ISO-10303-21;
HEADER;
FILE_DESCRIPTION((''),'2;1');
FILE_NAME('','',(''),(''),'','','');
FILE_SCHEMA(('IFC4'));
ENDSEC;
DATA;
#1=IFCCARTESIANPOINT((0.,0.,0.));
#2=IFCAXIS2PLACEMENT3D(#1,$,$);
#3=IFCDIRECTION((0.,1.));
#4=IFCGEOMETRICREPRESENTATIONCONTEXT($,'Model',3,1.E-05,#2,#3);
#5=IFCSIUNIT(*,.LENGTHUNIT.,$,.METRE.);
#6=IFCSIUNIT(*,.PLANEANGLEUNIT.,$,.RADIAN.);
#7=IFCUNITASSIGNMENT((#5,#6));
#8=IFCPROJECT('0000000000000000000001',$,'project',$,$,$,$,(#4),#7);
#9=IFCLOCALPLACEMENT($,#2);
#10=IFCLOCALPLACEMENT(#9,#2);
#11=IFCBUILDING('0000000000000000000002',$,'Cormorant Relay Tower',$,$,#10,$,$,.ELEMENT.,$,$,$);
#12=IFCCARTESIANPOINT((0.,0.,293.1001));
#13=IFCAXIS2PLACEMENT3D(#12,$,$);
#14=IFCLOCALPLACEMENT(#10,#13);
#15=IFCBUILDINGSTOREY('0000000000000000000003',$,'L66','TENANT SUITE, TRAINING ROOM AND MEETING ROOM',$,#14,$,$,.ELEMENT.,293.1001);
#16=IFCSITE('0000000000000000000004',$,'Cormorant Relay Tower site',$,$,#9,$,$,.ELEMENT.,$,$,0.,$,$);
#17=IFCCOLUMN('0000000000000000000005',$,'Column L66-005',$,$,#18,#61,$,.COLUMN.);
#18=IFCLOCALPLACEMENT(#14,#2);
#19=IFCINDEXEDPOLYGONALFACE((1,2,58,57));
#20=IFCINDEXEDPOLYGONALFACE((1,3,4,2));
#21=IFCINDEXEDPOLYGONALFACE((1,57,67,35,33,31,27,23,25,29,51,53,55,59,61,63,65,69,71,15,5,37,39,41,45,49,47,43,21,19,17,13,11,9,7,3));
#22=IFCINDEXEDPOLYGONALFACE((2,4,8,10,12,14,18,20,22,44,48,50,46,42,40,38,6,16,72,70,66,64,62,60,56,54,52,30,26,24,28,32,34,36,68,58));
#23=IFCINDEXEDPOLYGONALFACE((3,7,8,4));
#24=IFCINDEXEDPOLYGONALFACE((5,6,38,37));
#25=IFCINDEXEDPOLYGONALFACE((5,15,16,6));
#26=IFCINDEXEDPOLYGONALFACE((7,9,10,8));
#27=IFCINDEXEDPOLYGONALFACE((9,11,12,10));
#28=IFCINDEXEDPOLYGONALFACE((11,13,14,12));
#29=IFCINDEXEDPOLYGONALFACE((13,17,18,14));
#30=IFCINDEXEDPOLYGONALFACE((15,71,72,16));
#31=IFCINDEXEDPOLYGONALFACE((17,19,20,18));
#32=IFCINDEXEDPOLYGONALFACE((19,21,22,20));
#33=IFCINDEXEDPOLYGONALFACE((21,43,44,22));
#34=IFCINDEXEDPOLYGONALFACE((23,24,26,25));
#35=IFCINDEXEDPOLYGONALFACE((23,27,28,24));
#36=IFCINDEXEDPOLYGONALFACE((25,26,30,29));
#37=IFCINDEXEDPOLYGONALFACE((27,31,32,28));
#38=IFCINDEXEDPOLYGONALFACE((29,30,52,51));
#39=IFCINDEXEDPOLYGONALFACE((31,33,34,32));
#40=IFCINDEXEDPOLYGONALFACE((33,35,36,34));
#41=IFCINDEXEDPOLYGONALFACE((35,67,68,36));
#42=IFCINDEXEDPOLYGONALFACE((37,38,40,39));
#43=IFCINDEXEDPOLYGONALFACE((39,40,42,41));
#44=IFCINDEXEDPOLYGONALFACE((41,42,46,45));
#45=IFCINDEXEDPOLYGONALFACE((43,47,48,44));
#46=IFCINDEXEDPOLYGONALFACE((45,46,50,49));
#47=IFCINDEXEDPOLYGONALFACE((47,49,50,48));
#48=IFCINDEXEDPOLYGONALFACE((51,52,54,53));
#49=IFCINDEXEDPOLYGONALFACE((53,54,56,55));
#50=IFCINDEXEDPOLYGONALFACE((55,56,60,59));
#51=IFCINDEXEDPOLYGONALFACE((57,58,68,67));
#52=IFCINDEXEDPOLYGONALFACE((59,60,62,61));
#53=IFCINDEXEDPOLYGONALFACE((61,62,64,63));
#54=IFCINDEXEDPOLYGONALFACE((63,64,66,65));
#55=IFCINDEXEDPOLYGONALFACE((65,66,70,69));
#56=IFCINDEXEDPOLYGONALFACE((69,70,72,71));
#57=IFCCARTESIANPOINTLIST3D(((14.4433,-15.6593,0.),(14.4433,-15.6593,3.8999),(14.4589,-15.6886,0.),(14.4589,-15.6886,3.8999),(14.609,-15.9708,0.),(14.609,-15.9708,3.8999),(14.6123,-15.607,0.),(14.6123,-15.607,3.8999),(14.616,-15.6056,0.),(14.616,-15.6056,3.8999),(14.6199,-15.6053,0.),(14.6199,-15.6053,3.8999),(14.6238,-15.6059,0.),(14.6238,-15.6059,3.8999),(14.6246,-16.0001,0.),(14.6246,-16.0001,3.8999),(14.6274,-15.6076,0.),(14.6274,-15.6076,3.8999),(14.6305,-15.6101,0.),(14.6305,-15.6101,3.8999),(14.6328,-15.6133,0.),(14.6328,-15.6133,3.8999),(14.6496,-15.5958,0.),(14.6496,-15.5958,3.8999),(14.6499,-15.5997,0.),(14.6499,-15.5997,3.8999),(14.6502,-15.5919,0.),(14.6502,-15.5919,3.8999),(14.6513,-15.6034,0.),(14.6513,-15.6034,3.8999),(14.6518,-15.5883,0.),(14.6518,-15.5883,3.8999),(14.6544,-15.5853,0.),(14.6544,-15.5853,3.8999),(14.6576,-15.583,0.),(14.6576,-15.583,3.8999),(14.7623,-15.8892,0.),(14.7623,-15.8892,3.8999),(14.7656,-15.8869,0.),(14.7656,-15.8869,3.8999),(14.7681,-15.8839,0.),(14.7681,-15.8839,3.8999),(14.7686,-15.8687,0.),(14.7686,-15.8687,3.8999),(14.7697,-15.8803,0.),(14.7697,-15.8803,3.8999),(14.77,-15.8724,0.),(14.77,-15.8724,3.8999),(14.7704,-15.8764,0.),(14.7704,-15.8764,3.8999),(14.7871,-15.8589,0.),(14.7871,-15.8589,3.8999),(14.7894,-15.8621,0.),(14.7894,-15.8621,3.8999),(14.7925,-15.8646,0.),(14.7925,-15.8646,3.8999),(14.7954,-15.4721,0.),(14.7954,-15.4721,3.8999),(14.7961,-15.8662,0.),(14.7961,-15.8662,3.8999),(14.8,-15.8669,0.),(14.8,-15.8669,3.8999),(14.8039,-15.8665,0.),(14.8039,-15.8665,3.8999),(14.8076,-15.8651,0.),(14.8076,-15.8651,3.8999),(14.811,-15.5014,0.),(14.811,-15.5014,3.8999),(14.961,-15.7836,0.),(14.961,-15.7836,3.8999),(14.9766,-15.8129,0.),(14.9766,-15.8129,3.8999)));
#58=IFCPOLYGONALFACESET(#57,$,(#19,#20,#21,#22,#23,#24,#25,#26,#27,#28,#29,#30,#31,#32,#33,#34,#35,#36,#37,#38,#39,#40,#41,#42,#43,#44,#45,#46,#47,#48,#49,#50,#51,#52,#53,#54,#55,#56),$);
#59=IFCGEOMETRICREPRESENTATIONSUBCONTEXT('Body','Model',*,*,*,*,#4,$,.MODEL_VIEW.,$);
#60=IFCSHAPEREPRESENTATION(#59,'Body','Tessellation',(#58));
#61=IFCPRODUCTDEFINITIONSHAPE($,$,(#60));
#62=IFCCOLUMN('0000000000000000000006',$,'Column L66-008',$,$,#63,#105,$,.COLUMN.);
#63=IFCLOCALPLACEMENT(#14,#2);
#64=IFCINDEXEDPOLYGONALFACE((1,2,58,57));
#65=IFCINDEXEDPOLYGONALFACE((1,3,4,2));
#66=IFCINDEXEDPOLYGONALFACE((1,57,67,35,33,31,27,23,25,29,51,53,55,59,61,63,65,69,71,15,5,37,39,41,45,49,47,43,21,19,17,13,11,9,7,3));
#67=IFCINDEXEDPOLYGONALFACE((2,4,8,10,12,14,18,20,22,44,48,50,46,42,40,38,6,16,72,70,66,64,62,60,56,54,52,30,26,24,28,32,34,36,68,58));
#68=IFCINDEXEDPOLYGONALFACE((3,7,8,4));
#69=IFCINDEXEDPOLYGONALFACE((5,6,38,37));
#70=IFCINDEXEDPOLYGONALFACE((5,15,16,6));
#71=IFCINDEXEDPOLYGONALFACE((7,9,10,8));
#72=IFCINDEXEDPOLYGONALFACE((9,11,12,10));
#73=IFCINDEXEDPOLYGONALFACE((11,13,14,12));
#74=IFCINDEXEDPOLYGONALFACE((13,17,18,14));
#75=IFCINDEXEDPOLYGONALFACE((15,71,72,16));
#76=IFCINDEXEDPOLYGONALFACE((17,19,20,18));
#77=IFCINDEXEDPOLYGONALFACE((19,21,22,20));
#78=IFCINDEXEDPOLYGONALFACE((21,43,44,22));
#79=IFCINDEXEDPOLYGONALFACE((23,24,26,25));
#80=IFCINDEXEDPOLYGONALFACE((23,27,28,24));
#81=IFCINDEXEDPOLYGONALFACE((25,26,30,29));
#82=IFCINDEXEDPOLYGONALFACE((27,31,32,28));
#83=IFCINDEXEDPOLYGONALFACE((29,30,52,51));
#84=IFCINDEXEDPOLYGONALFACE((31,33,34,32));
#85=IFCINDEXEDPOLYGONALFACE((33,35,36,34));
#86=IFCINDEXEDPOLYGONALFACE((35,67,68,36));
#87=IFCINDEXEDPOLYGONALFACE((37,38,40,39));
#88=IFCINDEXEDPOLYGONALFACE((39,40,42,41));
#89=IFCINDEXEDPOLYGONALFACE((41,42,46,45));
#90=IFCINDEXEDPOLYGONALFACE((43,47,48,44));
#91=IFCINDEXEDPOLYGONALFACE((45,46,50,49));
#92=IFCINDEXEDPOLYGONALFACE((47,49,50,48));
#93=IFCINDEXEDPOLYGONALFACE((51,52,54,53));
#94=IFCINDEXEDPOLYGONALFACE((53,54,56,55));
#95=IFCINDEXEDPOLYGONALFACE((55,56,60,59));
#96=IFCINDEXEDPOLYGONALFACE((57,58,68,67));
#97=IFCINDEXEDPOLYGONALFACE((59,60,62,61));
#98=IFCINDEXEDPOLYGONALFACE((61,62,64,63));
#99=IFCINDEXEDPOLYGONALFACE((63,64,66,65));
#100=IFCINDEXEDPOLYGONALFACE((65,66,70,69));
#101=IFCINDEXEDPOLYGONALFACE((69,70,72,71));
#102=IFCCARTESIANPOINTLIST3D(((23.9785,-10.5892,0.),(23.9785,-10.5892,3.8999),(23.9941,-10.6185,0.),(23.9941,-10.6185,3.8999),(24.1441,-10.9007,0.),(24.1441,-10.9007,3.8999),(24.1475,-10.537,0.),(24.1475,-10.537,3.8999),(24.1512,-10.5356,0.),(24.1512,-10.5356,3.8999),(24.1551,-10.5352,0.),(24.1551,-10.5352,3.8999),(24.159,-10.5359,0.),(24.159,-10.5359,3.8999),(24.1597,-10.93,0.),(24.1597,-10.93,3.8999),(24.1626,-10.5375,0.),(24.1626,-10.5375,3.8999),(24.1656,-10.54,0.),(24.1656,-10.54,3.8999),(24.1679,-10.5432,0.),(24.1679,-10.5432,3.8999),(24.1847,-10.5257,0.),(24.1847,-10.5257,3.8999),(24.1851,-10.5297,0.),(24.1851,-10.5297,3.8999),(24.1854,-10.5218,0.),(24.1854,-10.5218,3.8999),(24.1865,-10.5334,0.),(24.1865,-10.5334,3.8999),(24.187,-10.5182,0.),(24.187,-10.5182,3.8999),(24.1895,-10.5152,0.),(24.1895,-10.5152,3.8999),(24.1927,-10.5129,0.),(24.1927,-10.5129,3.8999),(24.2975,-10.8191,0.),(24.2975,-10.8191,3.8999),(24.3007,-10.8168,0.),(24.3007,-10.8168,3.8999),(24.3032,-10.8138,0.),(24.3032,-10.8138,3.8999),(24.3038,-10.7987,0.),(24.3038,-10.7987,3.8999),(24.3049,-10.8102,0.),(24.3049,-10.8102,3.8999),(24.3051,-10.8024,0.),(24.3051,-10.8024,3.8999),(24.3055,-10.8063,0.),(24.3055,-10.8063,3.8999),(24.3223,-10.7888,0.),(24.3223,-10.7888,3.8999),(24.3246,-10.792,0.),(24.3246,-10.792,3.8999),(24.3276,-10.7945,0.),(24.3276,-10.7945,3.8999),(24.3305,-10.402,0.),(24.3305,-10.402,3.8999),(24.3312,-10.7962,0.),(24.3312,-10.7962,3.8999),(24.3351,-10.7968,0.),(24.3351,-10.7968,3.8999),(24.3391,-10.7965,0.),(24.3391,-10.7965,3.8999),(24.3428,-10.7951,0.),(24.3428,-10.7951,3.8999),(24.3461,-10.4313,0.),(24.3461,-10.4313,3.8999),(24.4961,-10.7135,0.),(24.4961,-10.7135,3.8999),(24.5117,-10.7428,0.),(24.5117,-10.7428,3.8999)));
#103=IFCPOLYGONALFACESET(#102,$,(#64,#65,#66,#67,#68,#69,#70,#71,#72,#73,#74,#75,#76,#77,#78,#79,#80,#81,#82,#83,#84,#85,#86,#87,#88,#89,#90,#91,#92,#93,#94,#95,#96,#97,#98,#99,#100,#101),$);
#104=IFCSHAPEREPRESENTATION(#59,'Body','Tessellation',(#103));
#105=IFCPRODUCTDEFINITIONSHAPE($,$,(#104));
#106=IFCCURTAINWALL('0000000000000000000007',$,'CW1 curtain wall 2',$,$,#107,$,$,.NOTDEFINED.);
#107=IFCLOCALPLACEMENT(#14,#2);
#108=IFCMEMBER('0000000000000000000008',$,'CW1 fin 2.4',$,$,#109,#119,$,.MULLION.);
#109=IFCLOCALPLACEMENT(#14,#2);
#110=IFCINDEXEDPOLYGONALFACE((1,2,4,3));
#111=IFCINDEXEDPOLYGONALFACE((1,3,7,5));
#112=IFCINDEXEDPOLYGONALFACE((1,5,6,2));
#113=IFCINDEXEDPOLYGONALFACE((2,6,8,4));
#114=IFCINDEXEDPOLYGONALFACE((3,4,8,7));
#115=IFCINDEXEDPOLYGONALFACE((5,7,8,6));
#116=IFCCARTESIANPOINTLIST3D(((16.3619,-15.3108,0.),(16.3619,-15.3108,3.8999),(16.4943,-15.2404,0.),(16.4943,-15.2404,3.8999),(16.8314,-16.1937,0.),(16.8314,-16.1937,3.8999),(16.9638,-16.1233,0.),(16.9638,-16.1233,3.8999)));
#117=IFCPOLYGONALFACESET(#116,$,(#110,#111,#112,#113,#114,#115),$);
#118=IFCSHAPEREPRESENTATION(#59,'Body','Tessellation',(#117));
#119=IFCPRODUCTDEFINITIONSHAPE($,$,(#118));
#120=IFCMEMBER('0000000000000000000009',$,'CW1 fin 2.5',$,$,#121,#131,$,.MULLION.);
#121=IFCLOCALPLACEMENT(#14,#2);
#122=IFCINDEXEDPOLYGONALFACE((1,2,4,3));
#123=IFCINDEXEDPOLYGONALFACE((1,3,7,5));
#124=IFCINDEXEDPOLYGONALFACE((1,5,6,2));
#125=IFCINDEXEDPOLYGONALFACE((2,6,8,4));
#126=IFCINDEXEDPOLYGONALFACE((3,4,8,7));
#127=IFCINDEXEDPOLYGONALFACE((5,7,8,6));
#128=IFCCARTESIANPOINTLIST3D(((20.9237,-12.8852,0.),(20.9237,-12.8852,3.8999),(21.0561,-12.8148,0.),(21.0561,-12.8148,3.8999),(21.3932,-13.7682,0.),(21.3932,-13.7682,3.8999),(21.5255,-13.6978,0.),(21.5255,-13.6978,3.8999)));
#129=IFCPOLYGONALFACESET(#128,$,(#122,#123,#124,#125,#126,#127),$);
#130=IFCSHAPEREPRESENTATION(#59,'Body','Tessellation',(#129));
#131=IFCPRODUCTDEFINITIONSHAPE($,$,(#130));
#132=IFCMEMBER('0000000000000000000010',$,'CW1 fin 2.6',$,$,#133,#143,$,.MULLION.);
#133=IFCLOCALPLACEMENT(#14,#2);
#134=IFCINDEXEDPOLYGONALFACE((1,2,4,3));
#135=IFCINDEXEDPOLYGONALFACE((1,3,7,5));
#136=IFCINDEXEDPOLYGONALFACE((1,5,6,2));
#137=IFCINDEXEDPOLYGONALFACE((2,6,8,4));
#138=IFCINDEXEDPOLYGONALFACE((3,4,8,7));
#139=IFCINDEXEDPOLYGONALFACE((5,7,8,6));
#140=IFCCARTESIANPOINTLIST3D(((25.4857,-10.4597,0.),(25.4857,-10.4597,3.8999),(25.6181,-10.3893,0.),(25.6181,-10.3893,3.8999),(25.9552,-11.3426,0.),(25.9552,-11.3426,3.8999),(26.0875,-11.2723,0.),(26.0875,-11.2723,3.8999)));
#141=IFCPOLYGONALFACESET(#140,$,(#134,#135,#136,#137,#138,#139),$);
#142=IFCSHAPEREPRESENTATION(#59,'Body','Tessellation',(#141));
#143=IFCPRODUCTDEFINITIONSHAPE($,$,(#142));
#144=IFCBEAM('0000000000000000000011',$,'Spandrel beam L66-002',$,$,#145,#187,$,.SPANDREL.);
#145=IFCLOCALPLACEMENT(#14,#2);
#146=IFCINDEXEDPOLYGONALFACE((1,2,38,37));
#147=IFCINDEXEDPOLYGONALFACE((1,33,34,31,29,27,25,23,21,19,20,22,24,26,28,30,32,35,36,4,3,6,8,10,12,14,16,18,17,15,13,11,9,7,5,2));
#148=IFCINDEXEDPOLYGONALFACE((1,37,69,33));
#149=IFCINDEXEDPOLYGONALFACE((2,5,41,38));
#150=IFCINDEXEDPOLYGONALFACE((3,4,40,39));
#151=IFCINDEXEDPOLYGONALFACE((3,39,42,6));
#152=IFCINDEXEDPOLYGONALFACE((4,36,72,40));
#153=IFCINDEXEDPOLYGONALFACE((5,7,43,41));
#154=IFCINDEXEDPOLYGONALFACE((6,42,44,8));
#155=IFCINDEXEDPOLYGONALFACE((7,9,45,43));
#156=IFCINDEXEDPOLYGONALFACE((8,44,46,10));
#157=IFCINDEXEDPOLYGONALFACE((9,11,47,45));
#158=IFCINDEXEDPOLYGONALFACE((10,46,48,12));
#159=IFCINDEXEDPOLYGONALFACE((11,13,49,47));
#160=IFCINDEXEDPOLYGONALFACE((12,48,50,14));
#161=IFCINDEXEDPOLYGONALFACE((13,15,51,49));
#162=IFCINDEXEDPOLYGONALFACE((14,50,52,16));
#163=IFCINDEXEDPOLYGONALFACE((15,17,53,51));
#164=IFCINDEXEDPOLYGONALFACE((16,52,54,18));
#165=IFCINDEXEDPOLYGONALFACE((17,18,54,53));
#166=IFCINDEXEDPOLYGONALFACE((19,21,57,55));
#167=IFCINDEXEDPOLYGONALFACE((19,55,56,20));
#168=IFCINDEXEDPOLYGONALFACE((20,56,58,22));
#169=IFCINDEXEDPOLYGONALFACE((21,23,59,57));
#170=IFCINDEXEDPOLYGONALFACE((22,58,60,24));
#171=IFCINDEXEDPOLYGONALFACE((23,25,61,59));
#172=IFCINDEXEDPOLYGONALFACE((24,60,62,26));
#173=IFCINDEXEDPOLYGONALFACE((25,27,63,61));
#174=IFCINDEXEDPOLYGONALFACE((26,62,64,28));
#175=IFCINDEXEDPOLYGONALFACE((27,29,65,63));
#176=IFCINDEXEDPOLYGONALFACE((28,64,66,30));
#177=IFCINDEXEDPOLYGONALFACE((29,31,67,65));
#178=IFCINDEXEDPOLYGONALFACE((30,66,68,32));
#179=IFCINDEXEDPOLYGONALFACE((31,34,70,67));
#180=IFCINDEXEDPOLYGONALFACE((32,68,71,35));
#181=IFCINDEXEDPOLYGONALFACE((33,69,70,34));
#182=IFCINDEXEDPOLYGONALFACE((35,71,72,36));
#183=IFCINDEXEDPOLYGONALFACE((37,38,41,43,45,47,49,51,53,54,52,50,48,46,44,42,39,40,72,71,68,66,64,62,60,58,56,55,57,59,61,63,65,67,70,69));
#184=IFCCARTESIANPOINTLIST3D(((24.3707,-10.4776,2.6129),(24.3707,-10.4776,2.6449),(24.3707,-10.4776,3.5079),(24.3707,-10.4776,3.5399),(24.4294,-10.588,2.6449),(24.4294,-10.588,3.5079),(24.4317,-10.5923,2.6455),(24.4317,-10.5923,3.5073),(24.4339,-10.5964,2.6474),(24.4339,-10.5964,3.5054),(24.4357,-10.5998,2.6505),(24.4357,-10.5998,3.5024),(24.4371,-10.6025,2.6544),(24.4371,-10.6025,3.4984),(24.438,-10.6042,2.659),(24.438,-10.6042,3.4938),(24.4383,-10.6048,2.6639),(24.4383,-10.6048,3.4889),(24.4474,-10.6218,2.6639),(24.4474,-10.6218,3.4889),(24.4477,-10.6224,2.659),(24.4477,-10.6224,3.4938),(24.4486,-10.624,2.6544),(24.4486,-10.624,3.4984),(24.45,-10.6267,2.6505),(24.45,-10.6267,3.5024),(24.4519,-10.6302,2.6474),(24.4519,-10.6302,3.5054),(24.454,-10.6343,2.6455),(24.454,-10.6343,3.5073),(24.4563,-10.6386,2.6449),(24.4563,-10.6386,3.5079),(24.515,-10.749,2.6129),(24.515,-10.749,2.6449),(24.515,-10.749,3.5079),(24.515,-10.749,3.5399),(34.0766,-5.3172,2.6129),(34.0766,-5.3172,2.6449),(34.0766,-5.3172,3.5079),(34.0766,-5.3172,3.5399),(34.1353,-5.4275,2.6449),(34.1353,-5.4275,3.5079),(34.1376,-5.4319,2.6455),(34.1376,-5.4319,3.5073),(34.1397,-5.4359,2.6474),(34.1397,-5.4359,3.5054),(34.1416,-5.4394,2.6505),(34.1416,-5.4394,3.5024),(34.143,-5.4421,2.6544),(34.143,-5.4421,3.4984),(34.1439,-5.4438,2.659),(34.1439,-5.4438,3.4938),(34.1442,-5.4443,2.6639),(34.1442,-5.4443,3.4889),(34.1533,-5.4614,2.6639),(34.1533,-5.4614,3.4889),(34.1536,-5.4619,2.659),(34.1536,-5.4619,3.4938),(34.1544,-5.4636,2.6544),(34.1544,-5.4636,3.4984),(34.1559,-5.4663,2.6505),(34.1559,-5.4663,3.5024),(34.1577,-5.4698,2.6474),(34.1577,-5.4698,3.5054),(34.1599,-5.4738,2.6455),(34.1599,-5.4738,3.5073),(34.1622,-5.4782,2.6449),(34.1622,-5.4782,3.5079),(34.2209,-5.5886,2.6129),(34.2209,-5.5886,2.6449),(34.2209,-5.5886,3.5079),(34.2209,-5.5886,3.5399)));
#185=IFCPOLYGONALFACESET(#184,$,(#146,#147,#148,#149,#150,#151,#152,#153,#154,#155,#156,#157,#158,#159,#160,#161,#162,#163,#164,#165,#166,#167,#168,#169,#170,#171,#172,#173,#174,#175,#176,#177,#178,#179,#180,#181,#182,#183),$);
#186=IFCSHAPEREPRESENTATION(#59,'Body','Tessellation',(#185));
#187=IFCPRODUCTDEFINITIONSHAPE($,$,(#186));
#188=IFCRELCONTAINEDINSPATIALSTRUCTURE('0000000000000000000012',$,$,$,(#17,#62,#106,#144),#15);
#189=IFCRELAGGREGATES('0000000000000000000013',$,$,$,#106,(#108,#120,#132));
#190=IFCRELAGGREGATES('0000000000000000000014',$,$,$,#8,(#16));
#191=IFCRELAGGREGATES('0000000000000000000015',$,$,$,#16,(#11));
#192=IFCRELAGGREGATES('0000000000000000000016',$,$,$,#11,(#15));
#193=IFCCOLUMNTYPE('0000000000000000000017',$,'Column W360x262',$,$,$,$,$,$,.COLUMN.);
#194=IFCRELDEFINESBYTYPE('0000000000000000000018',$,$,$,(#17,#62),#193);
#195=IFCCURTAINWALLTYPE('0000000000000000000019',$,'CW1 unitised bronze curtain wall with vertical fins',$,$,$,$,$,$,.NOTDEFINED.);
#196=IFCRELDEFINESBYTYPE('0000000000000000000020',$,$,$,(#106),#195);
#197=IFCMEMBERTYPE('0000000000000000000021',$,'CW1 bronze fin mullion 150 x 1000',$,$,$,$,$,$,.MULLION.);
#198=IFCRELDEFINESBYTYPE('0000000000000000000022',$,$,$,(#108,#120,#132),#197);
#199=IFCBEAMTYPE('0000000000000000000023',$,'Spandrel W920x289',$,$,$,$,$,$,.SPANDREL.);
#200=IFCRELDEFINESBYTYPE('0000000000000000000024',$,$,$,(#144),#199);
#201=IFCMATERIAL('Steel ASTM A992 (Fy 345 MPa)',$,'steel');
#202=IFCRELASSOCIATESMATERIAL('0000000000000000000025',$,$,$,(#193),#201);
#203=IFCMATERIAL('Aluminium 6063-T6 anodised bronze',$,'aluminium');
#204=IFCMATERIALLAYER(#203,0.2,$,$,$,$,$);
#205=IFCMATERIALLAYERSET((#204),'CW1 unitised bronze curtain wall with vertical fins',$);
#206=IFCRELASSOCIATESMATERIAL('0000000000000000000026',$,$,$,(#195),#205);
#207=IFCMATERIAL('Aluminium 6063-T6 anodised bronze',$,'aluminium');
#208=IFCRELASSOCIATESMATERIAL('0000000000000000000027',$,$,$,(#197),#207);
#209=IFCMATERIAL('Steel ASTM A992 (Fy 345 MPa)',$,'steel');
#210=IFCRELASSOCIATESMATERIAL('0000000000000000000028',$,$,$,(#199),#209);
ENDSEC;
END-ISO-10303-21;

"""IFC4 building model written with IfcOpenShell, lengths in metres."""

from ifc_helpers import new_model, si_unit, direction, frame, origin, origin_2d, place, context, subcontext, project, spatial, rectangle, i_section, extrude, material, layer, layer_set, material_profile, profile_set, type_object, element, aggregate, save


model = new_model("IFC4")

# Units and contexts
model_context = context("Model", 3, precision=1e-05, world=origin(), true_north=direction((0.0, 1.0)))
body_context = subcontext(model_context, "Body", "Model", "MODEL_VIEW")
ifc_project = project(units=[si_unit("LENGTHUNIT", "METRE"), si_unit("PLANEANGLEUNIT", "RADIAN")], contexts=[model_context])

# Site, building, storey
site_placement = place(None, origin())
site = spatial("IfcSite", under=ifc_project, at=site_placement, Name="Cormorant Relay Tower site", CompositionType="ELEMENT", RefElevation=0.0)
building_placement = place(site_placement, origin())
building = spatial("IfcBuilding", under=site, at=building_placement, Name="Cormorant Relay Tower", CompositionType="ELEMENT")
storey_placement = place(building_placement, frame((0.0, 0.0, 293.1001)))
storey = spatial("IfcBuildingStorey", under=building, at=storey_placement, Name="L66", Description="TENANT SUITE, TRAINING ROOM AND MEETING ROOM", CompositionType="ELEMENT", Elevation=293.1001)

# Columns
ifc_material_1 = material(Name="Steel ASTM A992 (Fy 345 MPa)", Category="steel")
ifc_material_profile_1 = material_profile(ifc_material_1, i_section(OverallWidth=0.3987, OverallDepth=0.386, WebThickness=0.021, FlangeThickness=0.0332, FilletRadius=0.0151, at=origin_2d()), Name="W360x262")
ifc_profile_set_1 = profile_set([ifc_material_profile_1], Name="Steel ASTM A992 (Fy 345 MPa)")
column_type = type_object("IfcColumnType", Name="Column W360x262", PredefinedType="COLUMN", material=ifc_profile_set_1)
for number, where, z_axis, x_axis, name in (
    (1, (14.71, -15.7361, 0.0), (0.0, 0.0, 1.0), (0.882948, 0.469472, 0.0), "Column L66-005"),
    (2, (24.2451, -10.666, 0.0), (0.0, 0.0, 1.0), (0.882948, 0.469472, 0.0), "Column L66-008"),
):
    element("IfcColumn", number, at=place(storey_placement, frame(where, z_axis=z_axis, x_axis=x_axis)), inside=storey, type_object=column_type, Name=name, PredefinedType="COLUMN", context=body_context, shape_type="SweptSolid", body=[
        extrude(i_section(OverallWidth=0.3987, OverallDepth=0.386, WebThickness=0.021, FlangeThickness=0.0332, FilletRadius=0.0151, at=origin_2d()), origin(), (0.0, 0.0, 1.0), 3.8999),
    ])

# Curtain wall, members
ifc_material_2 = material(Name="Aluminium 6063-T6 anodised bronze", Category="aluminium")
ifc_layer_1 = layer(ifc_material_2, 0.2)
ifc_layer_set_1 = layer_set([ifc_layer_1], Name="CW1 unitised bronze curtain wall with vertical fins")
curtain_wall_type = type_object("IfcCurtainWallType", Name="CW1 unitised bronze curtain wall with vertical fins", PredefinedType="NOTDEFINED", material=ifc_layer_set_1)
curtain_wall_placement = place(storey_placement, origin())
curtain_wall = element("IfcCurtainWall", 3, at=curtain_wall_placement, inside=storey, type_object=curtain_wall_type, Name="CW1 curtain wall 2", PredefinedType="NOTDEFINED")
ifc_material_3 = material(Name="Aluminium 6063-T6 anodised bronze", Category="aluminium")
ifc_material_profile_2 = material_profile(ifc_material_3, rectangle(XDim=0.1499, YDim=1.0, at=origin_2d()), Name="AL 150x1000")
ifc_profile_set_2 = profile_set([ifc_material_profile_2], Name="Aluminium 6063-T6 anodised bronze")
member_type = type_object("IfcMemberType", Name="CW1 bronze fin mullion 150 x 1000", PredefinedType="MULLION", material=ifc_profile_set_2)
member_1_placement = place(storey_placement, frame((16.6628, -15.717, 0.0), z_axis=(0.0, 0.0, 1.0), x_axis=(0.882948, 0.469472, 0.0)))
member_1 = element("IfcMember", 4, at=member_1_placement, type_object=member_type, Name="CW1 fin 2.4", PredefinedType="MULLION", context=body_context, shape_type="SweptSolid", body=[
    extrude(rectangle(XDim=0.1499, YDim=1.0, at=origin_2d()), origin(), (0.0, 0.0, 1.0), 3.8999),
])
member_2_placement = place(storey_placement, frame((21.2246, -13.2915, 0.0), z_axis=(0.0, 0.0, 1.0), x_axis=(0.882948, 0.469472, 0.0)))
member_2 = element("IfcMember", 5, at=member_2_placement, type_object=member_type, Name="CW1 fin 2.5", PredefinedType="MULLION", context=body_context, shape_type="SweptSolid", body=[
    extrude(rectangle(XDim=0.1499, YDim=1.0, at=origin_2d()), origin(), (0.0, 0.0, 1.0), 3.8999),
])
member_3_placement = place(storey_placement, frame((25.7866, -10.866, 0.0), z_axis=(0.0, 0.0, 1.0), x_axis=(0.882948, 0.469472, 0.0)))
member_3 = element("IfcMember", 6, at=member_3_placement, type_object=member_type, Name="CW1 fin 2.6", PredefinedType="MULLION", context=body_context, shape_type="SweptSolid", body=[
    extrude(rectangle(XDim=0.1499, YDim=1.0, at=origin_2d()), origin(), (0.0, 0.0, 1.0), 3.8999),
])

# Beam
ifc_material_4 = material(Name="Steel ASTM A992 (Fy 345 MPa)", Category="steel")
ifc_material_profile_3 = material_profile(ifc_material_4, i_section(OverallWidth=0.3074, OverallDepth=0.927, WebThickness=0.0193, FlangeThickness=0.032, FilletRadius=0.019, at=origin_2d()), Name="W920x289")
ifc_profile_set_3 = profile_set([ifc_material_profile_3], Name="Steel ASTM A992 (Fy 345 MPa)")
beam_type_1 = type_object("IfcBeamType", Name="Spandrel W920x289", PredefinedType="SPANDREL", material=ifc_profile_set_3)
beam_1_placement = place(storey_placement, frame((24.4429, -10.6133, 3.0764), z_axis=(0.882958, 0.469452, 0.0), x_axis=(-0.469452, 0.882958, 0.0)))
element("IfcBeam", 7, at=beam_1_placement, inside=storey, type_object=beam_type_1, Name="Spandrel beam L66-002", PredefinedType="SPANDREL", context=body_context, shape_type="SweptSolid", body=[
    extrude(i_section(OverallWidth=0.3074, OverallDepth=0.927, WebThickness=0.0193, FlangeThickness=0.032, FilletRadius=0.019, at=origin_2d()), origin(), (0.0, 0.0, 1.0), 10.9924),
])

aggregate(curtain_wall, [member_1, member_2, member_3])

save(model, "model.ifc")
